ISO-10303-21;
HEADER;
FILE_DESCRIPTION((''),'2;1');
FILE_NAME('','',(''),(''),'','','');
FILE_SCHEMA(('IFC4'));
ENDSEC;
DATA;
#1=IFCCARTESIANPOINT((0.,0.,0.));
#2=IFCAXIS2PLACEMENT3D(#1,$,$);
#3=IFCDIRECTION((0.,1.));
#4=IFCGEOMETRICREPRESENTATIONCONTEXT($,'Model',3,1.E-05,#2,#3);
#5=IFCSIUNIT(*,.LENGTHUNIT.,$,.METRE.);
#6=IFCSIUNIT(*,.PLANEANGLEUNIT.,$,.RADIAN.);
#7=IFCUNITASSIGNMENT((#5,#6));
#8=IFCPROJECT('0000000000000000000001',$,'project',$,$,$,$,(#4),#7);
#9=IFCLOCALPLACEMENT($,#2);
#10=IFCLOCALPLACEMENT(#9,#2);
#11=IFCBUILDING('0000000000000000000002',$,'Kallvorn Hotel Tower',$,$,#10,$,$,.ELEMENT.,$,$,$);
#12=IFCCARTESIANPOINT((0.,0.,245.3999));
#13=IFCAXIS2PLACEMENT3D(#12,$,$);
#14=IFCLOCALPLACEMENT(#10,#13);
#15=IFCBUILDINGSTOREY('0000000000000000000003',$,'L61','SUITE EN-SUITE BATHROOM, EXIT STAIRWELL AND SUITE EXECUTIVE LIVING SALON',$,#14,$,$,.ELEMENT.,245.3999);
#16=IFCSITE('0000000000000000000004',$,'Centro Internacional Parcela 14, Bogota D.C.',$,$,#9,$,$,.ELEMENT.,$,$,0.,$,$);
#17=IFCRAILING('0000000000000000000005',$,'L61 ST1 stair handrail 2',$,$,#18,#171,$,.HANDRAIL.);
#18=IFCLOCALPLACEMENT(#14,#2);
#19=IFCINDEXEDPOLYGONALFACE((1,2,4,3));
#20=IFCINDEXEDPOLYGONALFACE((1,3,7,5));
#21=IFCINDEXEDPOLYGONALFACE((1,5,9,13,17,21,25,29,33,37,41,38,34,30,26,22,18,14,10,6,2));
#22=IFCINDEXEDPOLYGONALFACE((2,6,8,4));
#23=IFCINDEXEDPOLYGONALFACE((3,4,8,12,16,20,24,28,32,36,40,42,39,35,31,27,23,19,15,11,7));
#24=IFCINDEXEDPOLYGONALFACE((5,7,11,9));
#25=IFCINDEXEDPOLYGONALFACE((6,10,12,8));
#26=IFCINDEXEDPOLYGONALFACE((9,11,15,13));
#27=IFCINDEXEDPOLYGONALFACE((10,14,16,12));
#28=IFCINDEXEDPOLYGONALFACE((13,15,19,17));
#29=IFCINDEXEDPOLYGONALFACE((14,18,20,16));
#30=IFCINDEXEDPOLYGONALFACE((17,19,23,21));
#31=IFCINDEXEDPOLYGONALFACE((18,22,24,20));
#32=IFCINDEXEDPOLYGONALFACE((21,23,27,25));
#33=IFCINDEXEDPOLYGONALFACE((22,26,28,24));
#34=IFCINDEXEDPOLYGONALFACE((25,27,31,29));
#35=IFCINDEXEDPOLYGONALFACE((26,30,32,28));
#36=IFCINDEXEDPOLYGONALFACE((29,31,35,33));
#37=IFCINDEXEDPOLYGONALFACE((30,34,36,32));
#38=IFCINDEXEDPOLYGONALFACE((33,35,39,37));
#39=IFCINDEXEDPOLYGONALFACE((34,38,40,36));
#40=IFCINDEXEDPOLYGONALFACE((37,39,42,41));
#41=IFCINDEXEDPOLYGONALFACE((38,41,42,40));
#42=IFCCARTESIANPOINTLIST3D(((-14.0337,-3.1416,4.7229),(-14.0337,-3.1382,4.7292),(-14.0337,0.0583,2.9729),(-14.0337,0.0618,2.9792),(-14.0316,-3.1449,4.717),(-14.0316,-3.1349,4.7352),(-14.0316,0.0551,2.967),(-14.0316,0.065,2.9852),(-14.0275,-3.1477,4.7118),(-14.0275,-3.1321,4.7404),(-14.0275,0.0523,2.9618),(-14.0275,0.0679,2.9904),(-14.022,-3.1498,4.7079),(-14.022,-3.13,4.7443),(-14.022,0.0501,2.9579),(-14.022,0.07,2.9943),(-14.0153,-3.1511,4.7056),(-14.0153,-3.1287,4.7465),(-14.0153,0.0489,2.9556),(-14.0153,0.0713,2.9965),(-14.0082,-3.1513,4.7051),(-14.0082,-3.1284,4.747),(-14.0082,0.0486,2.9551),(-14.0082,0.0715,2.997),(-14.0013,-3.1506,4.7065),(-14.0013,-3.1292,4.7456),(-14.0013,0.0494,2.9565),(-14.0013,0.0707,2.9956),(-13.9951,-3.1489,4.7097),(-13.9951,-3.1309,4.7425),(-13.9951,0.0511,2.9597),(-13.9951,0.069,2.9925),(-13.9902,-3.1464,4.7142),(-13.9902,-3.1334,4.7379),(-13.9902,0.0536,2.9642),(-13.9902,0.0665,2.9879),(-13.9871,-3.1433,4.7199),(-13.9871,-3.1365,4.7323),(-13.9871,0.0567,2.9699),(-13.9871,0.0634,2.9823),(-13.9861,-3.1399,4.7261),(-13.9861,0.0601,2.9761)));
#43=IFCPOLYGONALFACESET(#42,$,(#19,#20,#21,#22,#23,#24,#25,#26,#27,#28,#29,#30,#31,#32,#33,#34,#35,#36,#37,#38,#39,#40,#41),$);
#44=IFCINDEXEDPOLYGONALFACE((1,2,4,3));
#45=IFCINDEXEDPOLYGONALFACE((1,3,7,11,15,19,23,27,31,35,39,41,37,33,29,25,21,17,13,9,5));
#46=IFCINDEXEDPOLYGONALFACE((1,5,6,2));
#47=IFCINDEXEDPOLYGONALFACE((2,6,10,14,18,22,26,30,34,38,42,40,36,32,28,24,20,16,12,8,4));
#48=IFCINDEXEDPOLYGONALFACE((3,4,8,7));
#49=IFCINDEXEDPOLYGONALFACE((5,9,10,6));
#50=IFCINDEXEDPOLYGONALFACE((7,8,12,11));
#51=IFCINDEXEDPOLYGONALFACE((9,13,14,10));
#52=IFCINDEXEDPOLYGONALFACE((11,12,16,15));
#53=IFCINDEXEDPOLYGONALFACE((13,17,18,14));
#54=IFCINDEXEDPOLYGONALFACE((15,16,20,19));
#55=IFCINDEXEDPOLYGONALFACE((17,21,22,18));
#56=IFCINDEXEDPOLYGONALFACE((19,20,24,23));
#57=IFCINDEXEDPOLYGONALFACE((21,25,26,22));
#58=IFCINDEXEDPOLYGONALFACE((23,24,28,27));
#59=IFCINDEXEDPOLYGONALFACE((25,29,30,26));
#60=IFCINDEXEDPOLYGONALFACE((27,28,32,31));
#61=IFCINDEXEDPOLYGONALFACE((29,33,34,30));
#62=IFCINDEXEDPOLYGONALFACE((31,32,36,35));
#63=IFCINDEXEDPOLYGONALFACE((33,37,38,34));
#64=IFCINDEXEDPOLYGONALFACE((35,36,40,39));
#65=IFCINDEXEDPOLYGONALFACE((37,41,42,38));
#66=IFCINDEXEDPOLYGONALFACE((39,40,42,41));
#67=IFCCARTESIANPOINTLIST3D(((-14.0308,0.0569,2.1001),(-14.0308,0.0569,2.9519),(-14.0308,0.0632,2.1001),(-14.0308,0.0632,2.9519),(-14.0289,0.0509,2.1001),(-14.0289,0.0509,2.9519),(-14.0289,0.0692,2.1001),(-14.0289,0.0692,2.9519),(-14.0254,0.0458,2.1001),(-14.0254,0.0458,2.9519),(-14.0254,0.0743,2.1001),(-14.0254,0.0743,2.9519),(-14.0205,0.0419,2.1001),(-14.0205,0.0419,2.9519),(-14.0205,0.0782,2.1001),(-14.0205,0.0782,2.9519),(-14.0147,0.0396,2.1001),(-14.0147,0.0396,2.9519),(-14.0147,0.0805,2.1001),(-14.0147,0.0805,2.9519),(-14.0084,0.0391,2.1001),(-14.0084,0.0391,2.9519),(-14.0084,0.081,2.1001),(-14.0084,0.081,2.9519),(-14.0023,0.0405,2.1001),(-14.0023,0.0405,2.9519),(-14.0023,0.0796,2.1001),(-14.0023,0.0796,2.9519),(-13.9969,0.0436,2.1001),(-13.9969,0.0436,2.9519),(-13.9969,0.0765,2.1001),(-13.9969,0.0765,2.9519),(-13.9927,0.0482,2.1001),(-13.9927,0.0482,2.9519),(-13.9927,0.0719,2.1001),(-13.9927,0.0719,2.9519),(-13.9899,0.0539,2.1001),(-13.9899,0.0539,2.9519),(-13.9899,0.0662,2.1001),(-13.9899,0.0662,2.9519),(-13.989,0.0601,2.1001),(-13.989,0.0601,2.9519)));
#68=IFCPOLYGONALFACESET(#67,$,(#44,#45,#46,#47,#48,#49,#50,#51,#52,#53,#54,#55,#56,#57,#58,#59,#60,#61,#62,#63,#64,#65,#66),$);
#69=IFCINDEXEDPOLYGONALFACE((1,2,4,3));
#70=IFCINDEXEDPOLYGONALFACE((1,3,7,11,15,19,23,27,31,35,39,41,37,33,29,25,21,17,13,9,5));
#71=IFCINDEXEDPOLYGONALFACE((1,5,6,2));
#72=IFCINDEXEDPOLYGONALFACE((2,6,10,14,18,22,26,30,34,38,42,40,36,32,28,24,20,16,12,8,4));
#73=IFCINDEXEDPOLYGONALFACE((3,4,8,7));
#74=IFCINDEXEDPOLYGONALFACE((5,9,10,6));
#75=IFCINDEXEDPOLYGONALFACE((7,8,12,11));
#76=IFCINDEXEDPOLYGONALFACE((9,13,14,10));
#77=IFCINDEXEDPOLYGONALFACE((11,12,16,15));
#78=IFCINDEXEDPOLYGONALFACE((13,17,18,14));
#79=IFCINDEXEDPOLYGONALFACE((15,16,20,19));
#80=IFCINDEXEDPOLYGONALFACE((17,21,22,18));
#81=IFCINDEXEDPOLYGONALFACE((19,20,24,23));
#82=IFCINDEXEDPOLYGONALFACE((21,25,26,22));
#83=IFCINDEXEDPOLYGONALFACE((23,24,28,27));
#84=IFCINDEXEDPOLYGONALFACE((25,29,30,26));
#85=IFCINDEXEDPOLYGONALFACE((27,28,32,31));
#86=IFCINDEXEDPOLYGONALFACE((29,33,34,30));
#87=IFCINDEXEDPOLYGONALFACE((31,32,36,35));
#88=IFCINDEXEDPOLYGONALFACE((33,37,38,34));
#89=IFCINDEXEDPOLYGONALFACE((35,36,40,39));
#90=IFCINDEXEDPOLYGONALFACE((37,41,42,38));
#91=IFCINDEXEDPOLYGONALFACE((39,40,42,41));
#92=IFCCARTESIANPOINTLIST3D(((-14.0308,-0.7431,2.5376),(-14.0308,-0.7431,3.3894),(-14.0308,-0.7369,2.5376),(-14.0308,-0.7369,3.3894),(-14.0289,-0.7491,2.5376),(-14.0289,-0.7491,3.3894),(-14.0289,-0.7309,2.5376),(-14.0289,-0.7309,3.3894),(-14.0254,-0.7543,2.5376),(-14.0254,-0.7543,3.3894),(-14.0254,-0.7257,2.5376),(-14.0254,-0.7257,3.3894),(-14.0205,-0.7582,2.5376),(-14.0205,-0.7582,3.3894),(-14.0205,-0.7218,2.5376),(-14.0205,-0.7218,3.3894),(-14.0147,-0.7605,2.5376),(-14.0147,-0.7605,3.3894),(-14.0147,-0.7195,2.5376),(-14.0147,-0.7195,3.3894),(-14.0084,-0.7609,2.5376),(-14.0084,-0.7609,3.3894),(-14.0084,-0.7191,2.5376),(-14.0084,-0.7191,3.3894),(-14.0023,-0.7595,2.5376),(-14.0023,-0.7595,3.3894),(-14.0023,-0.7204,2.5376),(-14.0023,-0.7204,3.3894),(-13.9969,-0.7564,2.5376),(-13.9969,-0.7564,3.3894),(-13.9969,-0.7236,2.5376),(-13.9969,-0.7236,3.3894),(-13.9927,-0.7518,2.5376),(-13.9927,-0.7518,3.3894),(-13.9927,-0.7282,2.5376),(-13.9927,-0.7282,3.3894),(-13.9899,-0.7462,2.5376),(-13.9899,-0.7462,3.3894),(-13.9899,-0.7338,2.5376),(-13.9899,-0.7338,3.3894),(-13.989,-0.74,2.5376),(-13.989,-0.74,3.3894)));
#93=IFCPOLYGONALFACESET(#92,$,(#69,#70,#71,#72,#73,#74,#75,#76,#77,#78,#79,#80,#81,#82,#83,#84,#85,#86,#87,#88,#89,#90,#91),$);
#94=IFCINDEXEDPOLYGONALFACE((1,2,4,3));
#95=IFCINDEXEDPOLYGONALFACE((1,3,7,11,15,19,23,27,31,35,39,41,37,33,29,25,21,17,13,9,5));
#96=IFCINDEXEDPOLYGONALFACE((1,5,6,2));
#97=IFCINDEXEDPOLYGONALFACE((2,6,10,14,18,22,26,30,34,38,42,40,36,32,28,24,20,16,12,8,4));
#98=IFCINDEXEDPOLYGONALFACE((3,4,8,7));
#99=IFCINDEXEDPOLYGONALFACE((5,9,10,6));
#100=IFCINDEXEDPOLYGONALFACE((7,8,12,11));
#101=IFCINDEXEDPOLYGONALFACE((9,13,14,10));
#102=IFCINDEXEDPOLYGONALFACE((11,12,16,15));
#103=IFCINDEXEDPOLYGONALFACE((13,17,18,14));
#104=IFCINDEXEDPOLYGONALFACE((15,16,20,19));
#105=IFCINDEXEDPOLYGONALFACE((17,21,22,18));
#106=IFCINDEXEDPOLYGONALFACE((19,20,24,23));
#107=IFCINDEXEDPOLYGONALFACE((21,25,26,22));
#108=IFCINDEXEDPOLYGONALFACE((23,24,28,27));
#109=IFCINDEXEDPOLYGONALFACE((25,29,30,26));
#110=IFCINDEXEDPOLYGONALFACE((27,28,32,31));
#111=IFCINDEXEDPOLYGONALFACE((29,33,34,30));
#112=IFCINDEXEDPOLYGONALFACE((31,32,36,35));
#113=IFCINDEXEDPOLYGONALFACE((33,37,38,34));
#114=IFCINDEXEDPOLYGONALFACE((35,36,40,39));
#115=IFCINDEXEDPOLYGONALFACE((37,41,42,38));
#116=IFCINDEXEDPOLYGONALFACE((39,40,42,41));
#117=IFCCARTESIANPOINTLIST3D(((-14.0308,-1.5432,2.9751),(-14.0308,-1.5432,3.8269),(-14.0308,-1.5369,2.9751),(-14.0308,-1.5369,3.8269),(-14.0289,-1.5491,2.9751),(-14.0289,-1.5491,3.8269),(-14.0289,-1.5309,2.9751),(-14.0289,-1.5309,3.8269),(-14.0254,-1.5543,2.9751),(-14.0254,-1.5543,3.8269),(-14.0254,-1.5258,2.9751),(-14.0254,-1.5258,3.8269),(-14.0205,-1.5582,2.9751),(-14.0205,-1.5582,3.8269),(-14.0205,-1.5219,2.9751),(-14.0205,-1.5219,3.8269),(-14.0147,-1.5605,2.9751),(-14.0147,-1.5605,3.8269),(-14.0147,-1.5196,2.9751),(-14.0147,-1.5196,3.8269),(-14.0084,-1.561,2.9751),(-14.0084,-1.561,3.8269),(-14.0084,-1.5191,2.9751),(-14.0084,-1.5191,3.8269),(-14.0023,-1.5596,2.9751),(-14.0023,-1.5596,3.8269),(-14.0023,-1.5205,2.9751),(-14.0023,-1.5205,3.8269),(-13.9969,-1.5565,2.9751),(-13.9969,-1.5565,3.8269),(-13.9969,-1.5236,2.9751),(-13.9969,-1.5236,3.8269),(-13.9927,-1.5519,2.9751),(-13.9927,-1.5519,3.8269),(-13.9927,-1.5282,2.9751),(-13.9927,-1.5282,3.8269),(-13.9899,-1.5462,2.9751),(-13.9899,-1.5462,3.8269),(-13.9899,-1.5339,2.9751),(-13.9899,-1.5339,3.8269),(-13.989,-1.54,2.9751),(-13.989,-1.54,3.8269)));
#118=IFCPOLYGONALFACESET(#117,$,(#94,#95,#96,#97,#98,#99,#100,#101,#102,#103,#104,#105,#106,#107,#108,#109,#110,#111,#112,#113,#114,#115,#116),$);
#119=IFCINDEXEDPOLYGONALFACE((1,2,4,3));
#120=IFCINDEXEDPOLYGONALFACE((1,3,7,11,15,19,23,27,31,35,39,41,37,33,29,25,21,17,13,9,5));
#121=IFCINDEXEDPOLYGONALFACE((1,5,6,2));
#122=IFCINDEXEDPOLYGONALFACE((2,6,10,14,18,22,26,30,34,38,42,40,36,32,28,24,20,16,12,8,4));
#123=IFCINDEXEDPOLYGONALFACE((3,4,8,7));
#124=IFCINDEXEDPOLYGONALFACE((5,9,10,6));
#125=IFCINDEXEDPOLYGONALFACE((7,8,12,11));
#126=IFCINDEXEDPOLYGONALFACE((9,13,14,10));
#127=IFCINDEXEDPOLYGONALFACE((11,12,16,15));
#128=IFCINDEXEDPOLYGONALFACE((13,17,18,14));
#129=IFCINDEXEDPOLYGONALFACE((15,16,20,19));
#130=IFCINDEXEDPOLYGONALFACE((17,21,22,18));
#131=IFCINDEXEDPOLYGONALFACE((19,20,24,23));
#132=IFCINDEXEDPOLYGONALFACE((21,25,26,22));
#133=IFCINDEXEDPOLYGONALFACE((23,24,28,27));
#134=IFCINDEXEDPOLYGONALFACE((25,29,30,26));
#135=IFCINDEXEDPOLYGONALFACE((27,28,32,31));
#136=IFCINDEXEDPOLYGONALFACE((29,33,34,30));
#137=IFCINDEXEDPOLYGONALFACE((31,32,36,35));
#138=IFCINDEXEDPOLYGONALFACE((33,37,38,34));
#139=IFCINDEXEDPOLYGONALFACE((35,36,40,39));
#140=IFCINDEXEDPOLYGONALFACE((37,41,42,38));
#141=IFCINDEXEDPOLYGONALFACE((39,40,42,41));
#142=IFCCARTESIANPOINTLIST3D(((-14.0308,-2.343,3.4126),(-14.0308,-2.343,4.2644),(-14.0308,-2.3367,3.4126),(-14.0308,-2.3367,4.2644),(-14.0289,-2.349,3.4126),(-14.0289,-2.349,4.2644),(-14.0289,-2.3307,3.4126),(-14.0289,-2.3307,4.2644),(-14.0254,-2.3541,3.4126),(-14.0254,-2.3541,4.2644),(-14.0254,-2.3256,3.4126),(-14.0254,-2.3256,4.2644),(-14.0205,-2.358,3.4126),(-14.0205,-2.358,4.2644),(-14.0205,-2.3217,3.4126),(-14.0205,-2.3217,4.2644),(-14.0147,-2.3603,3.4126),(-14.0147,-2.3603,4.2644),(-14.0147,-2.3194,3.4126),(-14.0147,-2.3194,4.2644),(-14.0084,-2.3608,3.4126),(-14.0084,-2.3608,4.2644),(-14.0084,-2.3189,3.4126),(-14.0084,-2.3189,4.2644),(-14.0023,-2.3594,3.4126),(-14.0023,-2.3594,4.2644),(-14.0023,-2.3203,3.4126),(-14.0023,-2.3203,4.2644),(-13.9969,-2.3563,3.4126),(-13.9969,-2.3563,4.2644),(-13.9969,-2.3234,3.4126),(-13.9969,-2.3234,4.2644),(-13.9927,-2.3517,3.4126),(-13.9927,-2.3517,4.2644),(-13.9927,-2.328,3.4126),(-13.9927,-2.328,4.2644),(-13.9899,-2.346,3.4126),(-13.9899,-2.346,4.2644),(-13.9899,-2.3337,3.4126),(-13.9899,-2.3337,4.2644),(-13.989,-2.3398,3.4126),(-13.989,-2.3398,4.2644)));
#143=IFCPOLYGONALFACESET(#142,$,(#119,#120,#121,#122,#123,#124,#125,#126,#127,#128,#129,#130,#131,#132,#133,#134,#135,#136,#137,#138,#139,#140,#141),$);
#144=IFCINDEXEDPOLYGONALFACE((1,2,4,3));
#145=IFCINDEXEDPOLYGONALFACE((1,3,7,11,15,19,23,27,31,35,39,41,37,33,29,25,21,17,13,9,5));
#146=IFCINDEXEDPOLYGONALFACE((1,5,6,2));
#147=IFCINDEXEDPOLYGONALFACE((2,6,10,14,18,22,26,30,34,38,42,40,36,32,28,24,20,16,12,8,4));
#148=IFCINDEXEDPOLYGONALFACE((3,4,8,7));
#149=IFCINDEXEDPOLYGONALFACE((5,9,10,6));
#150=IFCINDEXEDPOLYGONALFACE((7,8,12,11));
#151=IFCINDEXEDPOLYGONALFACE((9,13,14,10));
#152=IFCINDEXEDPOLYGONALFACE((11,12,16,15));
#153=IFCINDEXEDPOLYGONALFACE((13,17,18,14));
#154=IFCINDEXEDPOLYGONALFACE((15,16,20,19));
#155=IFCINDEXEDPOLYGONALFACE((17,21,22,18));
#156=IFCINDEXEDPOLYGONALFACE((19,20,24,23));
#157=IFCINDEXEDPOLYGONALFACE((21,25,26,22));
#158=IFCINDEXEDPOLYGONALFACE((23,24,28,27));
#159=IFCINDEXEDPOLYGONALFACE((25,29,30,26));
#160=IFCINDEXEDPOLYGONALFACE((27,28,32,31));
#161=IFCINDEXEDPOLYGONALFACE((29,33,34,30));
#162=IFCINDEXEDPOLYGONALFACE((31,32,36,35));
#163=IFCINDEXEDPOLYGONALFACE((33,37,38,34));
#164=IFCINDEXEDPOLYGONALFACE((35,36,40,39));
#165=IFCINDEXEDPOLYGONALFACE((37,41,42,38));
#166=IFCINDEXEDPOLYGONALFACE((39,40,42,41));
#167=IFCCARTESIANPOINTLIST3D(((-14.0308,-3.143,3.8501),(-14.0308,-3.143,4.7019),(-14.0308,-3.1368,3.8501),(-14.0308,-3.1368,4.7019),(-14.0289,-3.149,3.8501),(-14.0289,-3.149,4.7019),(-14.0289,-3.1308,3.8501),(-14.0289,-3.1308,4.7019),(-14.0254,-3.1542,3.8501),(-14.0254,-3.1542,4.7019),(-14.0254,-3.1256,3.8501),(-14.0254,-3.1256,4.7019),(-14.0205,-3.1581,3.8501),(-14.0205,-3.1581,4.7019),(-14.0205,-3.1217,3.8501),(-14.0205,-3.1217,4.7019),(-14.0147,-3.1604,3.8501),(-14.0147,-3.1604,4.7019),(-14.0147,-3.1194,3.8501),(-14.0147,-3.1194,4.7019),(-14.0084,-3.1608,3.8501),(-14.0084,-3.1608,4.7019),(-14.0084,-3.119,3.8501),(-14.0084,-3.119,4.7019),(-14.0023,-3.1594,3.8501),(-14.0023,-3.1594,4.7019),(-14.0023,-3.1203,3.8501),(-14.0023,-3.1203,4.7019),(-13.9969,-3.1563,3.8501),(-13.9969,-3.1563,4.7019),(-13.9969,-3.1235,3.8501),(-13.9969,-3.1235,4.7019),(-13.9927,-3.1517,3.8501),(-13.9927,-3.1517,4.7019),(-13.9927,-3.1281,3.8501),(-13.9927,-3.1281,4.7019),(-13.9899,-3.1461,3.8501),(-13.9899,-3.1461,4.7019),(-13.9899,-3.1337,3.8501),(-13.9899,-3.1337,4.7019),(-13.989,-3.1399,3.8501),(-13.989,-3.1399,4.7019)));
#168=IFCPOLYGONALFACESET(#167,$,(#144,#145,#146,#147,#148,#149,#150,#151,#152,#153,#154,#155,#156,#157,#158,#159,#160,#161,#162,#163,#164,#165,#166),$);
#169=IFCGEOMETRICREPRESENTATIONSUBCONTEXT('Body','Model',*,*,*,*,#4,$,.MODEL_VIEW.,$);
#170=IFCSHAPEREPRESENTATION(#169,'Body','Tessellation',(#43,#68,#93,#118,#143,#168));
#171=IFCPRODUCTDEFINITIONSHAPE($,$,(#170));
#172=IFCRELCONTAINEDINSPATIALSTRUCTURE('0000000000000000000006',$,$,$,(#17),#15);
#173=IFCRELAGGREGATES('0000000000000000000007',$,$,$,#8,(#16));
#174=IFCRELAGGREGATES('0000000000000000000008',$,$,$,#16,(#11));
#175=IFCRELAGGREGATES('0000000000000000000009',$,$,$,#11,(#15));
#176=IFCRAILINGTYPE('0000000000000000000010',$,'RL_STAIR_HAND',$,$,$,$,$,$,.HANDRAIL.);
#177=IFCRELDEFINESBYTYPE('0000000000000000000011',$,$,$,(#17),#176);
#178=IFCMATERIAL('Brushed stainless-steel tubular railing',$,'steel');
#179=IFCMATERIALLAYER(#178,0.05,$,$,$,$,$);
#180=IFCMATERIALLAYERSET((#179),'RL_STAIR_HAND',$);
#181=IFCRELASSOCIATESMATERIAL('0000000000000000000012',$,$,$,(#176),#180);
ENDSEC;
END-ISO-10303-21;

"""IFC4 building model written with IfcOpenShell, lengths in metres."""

from ifc_helpers import new_model, si_unit, direction, frame, origin, origin_2d, place, context, subcontext, project, spatial, circle, extrude, material, layer, layer_set, type_object, element, save


model = new_model("IFC4")

# Units and contexts
model_context = context("Model", 3, precision=1e-05, world=origin(), true_north=direction((0.0, 1.0)))
body_context = subcontext(model_context, "Body", "Model", "MODEL_VIEW")
ifc_project = project(units=[si_unit("LENGTHUNIT", "METRE"), si_unit("PLANEANGLEUNIT", "RADIAN")], contexts=[model_context])

# Site, building, storey
site_placement = place(None, origin())
site = spatial("IfcSite", under=ifc_project, at=site_placement, Name="Centro Internacional Parcela 14, Bogota D.C.", CompositionType="ELEMENT", RefElevation=0.0)
building_placement = place(site_placement, origin())
building = spatial("IfcBuilding", under=site, at=building_placement, Name="Kallvorn Hotel Tower", CompositionType="ELEMENT")
storey_placement = place(building_placement, frame((0.0, 0.0, 245.3999)))
storey = spatial("IfcBuildingStorey", under=building, at=storey_placement, Name="L61", Description="SUITE EN-SUITE BATHROOM, EXIT STAIRWELL AND SUITE EXECUTIVE LIVING SALON", CompositionType="ELEMENT", Elevation=245.3999)

# Railing
ifc_material_1 = material(Name="Brushed stainless-steel tubular railing", Category="steel")
ifc_layer_1 = layer(ifc_material_1, 0.05)
ifc_layer_set_1 = layer_set([ifc_layer_1], Name="RL_STAIR_HAND")
railing_type_1 = type_object("IfcRailingType", Name="RL_STAIR_HAND", PredefinedType="HANDRAIL", material=ifc_layer_set_1)
railing_1_placement = place(storey_placement, frame((-14.01, 0.0601, 2.1001)))
element("IfcRailing", 1, at=railing_1_placement, inside=storey, type_object=railing_type_1, Name="L61 ST1 stair handrail 2", PredefinedType="HANDRAIL", context=body_context, shape_type="SweptSolid", body=[
    extrude(circle(Radius=0.0239, at=origin_2d()), frame((0.0, 0.0, 0.876), z_axis=(0.0, -0.877368, 0.479818), x_axis=(1.0, 0.0, 0.0)), (0.0, 0.0, 1.0), 3.6472),
    extrude(circle(Radius=0.021, at=origin_2d()), origin(), (0.0, 0.0, 1.0), 0.8518),
    extrude(circle(Radius=0.021, at=origin_2d()), frame((0.0, -0.8, 0.4375)), (0.0, 0.0, 1.0), 0.8518),
    extrude(circle(Radius=0.021, at=origin_2d()), frame((0.0, -1.6001, 0.875)), (0.0, 0.0, 1.0), 0.8518),
    extrude(circle(Radius=0.021, at=origin_2d()), frame((0.0, -2.3999, 1.3125)), (0.0, 0.0, 1.0), 0.8518),
    extrude(circle(Radius=0.021, at=origin_2d()), frame((0.0, -3.2, 1.75)), (0.0, 0.0, 1.0), 0.8518),
])

save(model, "model.ifc")
